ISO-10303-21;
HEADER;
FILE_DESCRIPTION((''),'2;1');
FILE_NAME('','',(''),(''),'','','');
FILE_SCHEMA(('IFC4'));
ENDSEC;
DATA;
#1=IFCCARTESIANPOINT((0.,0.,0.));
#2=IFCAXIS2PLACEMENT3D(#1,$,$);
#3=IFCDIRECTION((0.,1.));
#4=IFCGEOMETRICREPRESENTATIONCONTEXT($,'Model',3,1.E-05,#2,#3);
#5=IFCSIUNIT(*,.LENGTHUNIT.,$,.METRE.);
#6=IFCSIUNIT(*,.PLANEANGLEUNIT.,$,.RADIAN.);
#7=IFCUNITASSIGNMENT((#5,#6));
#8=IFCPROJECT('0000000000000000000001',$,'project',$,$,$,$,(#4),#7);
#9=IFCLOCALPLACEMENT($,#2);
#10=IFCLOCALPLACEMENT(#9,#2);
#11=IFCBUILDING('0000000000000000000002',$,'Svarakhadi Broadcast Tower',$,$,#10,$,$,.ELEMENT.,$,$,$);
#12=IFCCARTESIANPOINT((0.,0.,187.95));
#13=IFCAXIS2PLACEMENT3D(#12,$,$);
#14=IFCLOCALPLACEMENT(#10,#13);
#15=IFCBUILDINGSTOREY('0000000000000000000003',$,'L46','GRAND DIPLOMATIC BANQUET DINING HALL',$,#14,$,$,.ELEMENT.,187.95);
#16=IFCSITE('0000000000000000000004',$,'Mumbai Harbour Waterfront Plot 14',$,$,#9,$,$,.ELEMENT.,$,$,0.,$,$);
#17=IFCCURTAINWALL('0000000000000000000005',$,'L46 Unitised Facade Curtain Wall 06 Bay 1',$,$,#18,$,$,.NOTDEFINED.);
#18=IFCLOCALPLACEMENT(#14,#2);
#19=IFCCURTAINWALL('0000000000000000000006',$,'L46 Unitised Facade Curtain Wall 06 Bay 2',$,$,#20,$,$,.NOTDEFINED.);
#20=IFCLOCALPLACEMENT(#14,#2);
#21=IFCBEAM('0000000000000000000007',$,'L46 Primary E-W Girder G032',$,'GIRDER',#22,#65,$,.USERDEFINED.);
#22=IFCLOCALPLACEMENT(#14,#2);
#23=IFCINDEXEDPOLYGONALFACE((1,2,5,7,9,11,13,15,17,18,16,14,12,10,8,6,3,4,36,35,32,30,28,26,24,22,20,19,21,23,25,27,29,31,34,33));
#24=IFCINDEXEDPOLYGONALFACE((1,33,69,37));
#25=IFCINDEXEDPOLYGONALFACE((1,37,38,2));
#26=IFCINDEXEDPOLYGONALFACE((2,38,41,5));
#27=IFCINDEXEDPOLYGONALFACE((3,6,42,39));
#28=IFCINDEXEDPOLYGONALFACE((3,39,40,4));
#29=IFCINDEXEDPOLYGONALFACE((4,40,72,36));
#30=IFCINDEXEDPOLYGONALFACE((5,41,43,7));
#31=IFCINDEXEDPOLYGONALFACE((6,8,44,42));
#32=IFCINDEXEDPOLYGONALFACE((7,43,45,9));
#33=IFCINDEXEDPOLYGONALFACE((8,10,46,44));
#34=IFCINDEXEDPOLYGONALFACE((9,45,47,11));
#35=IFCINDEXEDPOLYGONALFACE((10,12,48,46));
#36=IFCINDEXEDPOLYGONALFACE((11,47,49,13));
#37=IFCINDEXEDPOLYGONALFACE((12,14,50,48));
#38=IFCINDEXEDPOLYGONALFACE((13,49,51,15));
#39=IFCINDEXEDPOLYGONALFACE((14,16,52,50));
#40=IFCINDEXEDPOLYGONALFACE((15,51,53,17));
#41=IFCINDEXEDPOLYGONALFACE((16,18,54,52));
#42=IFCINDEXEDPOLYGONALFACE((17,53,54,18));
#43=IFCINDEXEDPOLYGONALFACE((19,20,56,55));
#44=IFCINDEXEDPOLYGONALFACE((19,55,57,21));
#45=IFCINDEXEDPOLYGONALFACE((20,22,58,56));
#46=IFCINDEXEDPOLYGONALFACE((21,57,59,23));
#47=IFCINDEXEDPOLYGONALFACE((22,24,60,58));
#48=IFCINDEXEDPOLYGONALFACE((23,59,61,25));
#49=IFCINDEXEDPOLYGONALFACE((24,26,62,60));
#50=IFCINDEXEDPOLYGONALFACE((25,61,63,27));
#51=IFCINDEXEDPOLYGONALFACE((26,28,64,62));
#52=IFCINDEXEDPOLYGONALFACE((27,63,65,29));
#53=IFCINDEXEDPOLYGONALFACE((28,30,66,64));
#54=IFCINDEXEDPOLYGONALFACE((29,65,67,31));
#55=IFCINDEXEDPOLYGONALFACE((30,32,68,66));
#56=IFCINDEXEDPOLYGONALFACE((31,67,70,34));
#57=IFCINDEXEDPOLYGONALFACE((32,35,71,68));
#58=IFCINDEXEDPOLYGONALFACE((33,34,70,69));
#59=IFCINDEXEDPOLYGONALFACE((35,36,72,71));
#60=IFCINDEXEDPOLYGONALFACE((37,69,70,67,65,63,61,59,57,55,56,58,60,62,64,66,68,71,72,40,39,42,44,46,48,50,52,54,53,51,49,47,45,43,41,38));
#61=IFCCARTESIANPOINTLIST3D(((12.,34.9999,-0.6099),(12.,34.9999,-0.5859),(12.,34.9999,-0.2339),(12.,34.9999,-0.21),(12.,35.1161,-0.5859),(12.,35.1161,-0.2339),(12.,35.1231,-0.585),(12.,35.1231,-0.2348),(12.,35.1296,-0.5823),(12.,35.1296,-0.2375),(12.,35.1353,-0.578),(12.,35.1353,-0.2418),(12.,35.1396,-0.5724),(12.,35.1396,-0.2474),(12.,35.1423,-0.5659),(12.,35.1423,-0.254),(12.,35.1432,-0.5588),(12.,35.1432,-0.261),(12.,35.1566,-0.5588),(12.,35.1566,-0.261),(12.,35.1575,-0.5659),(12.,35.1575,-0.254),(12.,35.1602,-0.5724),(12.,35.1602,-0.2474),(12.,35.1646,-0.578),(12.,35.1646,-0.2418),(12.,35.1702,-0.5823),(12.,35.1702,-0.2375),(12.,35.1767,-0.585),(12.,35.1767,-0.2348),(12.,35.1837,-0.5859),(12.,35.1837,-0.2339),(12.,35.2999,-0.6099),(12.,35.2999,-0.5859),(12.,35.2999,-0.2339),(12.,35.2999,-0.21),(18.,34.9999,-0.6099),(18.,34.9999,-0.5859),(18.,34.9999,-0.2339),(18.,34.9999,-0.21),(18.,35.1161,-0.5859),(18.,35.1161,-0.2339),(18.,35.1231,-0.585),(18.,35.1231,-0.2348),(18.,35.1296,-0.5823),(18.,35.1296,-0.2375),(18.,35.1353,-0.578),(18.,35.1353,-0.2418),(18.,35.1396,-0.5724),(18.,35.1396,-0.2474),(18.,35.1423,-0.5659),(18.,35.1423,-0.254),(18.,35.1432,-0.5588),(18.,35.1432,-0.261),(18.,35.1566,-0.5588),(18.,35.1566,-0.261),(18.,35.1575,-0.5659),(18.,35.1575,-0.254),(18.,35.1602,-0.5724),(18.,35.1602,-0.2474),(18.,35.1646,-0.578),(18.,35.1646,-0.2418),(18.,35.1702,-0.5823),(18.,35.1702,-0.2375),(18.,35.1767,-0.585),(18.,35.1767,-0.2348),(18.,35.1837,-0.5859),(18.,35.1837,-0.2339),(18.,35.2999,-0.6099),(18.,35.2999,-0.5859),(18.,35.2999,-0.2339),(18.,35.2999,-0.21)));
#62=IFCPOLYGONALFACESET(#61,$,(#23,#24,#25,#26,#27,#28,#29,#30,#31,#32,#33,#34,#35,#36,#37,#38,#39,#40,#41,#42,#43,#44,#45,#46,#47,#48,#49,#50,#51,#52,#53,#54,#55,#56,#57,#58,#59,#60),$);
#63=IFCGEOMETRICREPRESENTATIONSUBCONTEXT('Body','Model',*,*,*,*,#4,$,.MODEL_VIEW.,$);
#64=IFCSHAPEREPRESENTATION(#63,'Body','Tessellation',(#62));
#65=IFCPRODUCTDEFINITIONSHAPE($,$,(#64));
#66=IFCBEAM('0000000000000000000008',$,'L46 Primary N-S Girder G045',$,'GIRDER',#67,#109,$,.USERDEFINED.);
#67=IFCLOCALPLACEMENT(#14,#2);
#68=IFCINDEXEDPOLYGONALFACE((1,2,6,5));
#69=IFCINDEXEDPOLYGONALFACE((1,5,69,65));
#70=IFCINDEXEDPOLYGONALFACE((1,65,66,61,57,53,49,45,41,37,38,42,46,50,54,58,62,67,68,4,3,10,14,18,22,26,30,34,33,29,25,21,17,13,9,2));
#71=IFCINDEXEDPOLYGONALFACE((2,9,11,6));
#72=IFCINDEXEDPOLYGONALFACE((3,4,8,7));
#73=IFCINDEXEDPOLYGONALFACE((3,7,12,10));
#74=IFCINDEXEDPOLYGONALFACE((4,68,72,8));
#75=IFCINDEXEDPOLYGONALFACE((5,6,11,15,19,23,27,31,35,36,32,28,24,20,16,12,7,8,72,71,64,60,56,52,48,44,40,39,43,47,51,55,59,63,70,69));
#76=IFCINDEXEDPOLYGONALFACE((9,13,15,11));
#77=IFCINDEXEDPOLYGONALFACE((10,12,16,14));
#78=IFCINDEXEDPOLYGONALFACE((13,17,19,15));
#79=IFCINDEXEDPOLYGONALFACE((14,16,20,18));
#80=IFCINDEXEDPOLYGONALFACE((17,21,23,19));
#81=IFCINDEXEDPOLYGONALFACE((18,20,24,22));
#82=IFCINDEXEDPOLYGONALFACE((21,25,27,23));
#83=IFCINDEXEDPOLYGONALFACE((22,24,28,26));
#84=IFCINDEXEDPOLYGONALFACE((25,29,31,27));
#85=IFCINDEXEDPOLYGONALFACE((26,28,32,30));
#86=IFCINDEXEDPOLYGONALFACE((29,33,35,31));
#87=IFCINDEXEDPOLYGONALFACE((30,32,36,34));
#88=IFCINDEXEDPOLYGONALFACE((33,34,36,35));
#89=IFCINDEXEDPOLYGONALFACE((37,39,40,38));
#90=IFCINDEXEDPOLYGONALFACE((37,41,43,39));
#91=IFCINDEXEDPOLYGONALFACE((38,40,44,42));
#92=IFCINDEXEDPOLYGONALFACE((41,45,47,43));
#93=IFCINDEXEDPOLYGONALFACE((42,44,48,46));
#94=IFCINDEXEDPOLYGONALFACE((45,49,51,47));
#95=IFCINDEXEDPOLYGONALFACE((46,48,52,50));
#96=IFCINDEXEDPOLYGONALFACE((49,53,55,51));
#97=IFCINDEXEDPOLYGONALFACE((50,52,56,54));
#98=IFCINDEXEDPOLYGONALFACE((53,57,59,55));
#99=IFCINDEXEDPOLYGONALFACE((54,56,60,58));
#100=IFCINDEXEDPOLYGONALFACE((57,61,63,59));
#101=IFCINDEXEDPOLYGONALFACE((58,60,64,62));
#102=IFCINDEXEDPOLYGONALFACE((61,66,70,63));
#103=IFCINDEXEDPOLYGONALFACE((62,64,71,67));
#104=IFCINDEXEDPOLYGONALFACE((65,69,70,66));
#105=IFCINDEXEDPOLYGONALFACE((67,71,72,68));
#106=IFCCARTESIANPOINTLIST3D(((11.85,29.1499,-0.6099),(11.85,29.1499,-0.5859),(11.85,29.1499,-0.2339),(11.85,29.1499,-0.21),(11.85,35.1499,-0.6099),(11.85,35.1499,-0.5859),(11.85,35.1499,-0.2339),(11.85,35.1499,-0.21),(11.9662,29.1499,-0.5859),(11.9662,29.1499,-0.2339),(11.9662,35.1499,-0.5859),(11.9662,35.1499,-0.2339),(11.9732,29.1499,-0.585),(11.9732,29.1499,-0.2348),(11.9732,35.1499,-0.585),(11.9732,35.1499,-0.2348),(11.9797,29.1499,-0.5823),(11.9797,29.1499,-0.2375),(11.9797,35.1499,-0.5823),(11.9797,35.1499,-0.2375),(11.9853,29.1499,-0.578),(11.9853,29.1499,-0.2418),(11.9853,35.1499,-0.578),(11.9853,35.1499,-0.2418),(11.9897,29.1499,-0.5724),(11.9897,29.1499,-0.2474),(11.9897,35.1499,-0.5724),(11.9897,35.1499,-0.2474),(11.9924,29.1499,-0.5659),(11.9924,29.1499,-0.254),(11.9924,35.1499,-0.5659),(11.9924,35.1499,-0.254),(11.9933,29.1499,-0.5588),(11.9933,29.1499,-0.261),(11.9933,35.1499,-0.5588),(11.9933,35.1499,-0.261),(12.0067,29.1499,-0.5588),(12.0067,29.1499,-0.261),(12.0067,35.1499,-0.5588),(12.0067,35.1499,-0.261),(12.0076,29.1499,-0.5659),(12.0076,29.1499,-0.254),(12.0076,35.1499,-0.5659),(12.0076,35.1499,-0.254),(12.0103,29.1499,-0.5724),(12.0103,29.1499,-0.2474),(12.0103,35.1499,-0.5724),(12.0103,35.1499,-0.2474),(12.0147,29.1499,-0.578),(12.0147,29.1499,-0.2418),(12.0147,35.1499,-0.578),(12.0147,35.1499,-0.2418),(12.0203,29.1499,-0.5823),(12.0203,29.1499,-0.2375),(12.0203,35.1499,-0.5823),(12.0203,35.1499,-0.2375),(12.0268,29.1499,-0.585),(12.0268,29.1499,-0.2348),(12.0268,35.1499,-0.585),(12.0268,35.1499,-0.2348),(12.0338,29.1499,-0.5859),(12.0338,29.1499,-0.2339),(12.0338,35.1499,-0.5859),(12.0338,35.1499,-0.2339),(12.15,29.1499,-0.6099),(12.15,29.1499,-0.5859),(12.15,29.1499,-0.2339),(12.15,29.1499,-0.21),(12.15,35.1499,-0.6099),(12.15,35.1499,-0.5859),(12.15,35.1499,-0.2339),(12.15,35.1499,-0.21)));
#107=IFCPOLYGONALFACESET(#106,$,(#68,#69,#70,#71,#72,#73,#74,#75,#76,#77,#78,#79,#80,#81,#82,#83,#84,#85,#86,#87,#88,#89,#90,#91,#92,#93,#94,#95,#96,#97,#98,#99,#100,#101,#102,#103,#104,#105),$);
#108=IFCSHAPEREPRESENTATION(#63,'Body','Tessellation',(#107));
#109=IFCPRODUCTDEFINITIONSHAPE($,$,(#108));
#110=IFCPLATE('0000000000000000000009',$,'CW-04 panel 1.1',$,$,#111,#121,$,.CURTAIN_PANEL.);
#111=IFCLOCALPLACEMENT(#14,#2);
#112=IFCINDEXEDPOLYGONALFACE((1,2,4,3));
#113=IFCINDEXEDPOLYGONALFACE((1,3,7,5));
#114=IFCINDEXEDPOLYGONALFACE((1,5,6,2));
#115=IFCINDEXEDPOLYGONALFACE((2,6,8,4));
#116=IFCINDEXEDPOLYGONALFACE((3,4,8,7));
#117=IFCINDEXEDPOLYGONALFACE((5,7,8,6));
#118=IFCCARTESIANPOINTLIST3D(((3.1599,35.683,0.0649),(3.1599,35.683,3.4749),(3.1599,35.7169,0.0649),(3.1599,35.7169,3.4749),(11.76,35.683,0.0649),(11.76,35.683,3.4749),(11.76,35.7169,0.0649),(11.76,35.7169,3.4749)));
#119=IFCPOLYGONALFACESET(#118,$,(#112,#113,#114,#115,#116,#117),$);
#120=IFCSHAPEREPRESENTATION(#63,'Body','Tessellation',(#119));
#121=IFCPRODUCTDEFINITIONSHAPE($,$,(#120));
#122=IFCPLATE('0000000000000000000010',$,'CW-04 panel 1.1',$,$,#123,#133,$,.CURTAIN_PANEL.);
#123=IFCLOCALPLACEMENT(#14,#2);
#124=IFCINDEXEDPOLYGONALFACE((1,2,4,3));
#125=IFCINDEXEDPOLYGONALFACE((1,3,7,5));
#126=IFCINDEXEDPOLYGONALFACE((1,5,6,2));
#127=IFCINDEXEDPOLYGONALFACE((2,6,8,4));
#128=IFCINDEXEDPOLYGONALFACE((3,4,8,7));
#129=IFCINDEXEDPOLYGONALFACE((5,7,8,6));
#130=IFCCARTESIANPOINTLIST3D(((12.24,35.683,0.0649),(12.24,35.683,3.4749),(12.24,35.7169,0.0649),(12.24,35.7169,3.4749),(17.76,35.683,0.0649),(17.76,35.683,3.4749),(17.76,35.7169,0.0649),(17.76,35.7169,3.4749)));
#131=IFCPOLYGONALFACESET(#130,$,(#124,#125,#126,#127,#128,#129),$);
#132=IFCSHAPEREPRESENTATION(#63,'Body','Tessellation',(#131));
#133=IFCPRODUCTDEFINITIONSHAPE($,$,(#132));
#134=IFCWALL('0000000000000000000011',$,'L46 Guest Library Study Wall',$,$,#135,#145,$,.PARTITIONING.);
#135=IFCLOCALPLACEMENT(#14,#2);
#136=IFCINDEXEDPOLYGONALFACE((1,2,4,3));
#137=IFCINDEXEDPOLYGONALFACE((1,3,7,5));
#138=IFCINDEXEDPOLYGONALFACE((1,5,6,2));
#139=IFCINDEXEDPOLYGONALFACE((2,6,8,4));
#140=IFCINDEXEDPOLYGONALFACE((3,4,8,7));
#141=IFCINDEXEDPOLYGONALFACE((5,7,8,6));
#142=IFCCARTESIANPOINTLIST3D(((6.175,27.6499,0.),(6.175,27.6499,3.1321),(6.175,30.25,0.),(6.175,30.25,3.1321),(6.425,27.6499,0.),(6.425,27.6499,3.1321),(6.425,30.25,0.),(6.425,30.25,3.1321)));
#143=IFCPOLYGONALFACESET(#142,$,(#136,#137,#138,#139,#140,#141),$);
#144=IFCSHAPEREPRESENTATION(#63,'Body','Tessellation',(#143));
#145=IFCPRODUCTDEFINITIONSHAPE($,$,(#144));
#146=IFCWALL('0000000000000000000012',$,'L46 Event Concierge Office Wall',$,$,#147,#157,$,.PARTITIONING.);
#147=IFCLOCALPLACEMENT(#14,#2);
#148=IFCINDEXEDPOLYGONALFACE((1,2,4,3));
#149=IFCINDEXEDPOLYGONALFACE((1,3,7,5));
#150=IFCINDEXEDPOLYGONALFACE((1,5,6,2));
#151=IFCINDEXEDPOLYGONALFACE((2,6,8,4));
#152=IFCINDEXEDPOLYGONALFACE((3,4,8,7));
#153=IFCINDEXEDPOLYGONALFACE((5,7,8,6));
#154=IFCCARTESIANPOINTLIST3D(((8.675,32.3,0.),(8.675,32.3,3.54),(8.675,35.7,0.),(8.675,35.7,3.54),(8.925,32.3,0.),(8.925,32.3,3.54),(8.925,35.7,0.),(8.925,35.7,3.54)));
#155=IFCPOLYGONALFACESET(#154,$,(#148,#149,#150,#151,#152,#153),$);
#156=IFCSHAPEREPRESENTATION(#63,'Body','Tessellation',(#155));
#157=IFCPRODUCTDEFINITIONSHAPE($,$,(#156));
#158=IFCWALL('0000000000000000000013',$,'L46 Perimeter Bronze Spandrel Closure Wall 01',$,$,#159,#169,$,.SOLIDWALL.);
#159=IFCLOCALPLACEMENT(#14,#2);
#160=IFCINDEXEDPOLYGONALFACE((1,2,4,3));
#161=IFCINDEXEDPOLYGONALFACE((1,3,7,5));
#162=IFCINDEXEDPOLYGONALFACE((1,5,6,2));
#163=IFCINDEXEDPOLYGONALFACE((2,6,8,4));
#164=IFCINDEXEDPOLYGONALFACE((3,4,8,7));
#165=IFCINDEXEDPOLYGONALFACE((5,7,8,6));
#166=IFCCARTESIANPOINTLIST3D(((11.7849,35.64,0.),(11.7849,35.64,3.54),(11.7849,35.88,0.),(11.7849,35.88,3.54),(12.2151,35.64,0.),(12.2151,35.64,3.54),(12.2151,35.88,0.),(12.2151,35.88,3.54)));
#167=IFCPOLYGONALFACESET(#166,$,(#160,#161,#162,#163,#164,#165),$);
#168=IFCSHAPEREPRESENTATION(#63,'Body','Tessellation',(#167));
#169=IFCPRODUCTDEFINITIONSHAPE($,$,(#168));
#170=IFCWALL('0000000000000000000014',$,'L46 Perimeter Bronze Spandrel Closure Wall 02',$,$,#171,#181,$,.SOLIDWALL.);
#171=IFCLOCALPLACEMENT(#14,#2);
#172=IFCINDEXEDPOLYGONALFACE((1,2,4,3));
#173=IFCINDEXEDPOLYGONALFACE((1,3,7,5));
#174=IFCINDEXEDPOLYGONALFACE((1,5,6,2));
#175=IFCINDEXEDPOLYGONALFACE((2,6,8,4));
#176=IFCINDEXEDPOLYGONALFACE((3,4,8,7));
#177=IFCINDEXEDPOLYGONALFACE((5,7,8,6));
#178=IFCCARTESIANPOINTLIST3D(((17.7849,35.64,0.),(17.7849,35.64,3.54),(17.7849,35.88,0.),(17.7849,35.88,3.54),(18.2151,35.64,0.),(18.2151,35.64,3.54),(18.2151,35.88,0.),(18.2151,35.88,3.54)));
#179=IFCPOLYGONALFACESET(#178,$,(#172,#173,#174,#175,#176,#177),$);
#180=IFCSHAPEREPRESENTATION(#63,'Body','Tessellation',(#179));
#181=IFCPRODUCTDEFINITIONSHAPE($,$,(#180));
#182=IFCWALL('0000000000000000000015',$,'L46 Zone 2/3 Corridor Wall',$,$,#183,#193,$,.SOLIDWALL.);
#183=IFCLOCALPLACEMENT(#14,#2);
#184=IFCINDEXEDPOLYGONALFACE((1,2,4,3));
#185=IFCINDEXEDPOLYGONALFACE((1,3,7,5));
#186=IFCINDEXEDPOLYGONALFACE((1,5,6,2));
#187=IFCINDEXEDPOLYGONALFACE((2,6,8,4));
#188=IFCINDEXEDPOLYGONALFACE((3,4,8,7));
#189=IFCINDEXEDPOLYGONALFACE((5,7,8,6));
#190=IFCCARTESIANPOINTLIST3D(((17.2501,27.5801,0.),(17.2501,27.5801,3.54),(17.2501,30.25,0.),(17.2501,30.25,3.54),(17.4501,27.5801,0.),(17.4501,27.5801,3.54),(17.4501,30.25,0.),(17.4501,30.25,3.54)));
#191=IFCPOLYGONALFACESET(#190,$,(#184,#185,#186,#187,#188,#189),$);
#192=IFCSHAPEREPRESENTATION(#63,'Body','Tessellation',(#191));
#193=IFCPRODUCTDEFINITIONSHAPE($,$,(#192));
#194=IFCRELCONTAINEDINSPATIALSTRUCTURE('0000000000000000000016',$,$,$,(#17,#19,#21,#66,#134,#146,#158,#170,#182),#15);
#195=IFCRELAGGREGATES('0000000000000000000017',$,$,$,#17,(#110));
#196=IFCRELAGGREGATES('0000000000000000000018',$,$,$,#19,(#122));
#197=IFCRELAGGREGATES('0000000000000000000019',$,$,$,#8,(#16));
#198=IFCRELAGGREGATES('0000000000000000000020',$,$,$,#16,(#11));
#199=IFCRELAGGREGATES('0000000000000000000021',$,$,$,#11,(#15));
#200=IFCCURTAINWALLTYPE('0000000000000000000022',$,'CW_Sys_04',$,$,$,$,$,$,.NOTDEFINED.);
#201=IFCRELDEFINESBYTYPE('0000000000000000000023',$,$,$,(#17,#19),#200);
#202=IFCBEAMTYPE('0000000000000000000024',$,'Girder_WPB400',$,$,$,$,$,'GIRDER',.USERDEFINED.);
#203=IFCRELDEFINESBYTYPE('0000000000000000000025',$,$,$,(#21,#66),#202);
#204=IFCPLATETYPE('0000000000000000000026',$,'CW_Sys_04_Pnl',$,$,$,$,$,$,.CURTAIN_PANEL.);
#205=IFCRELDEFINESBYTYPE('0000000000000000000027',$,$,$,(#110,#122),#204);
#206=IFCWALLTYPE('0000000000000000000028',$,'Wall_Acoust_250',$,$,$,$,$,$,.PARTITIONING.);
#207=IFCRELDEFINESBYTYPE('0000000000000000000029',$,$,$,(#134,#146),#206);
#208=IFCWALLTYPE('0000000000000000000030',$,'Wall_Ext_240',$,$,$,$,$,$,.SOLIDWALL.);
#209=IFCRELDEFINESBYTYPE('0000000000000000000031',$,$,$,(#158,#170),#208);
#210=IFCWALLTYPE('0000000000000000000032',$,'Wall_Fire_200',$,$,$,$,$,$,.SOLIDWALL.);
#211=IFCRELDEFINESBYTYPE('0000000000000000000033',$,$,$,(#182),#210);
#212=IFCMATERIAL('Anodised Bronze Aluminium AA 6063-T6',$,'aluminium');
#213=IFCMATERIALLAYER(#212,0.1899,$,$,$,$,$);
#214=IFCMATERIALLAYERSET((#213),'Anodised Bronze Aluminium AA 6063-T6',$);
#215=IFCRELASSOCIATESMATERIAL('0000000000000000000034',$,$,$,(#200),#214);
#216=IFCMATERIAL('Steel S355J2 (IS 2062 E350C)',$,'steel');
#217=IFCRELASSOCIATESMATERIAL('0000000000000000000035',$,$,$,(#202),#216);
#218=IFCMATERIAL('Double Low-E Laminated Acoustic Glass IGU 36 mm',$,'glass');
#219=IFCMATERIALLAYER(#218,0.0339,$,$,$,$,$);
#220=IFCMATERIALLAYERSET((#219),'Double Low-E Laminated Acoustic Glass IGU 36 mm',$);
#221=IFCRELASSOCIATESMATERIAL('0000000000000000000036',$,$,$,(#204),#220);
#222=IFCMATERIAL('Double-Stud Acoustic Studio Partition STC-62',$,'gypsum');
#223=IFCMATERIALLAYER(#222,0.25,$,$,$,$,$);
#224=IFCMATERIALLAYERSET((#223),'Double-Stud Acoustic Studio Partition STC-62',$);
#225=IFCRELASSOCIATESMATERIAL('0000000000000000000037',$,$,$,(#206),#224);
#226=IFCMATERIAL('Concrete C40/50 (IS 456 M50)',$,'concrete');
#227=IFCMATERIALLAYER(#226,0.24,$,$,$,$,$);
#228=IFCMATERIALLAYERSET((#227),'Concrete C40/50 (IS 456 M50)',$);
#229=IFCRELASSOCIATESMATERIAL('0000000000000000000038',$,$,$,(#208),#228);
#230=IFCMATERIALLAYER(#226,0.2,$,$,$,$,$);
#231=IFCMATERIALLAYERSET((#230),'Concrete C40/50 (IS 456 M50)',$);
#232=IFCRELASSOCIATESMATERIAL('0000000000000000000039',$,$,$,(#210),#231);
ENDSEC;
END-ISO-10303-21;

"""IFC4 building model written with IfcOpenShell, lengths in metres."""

from ifc_helpers import new_model, si_unit, direction, frame, frame_2d, origin, origin_2d, place, context, subcontext, project, spatial, rectangle, i_section, extrude, material, layer, layer_set, material_profile, profile_set, type_object, element, aggregate, save


model = new_model("IFC4")

# Units and contexts
model_context = context("Model", 3, precision=1e-05, world=origin(), true_north=direction((0.0, 1.0)))
body_context = subcontext(model_context, "Body", "Model", "MODEL_VIEW")
ifc_project = project(units=[si_unit("LENGTHUNIT", "METRE"), si_unit("PLANEANGLEUNIT", "RADIAN")], contexts=[model_context])

# Site, building, storey
site_placement = place(None, origin())
site = spatial("IfcSite", under=ifc_project, at=site_placement, Name="Mumbai Harbour Waterfront Plot 14", CompositionType="ELEMENT", RefElevation=0.0)
building_placement = place(site_placement, origin())
building = spatial("IfcBuilding", under=site, at=building_placement, Name="Svarakhadi Broadcast Tower", CompositionType="ELEMENT")
storey_placement = place(building_placement, frame((0.0, 0.0, 187.95)))
storey = spatial("IfcBuildingStorey", under=building, at=storey_placement, Name="L46", Description="GRAND DIPLOMATIC BANQUET DINING HALL", CompositionType="ELEMENT", Elevation=187.95)

# Shared definitions
ifc_material_1 = material(Name="Steel S355J2 (IS 2062 E350C)", Category="steel")

# Curtain wall
ifc_material_2 = material(Name="Anodised Bronze Aluminium AA 6063-T6", Category="aluminium")
ifc_layer_1 = layer(ifc_material_2, 0.1899)
ifc_layer_set_1 = layer_set([ifc_layer_1], Name="Anodised Bronze Aluminium AA 6063-T6")
curtain_wall_type = type_object("IfcCurtainWallType", Name="CW_Sys_04", PredefinedType="NOTDEFINED", material=ifc_layer_set_1)
curtain_wall_1_placement = place(storey_placement, origin())
curtain_wall_1 = element("IfcCurtainWall", 1, at=curtain_wall_1_placement, inside=storey, type_object=curtain_wall_type, Name="L46 Unitised Facade Curtain Wall 06 Bay 1", PredefinedType="NOTDEFINED")

# Curtain wall
curtain_wall_2_placement = place(storey_placement, origin())
curtain_wall_2 = element("IfcCurtainWall", 2, at=curtain_wall_2_placement, inside=storey, type_object=curtain_wall_type, Name="L46 Unitised Facade Curtain Wall 06 Bay 2", PredefinedType="NOTDEFINED")

# Beams
ifc_material_profile_1 = material_profile(ifc_material_1, i_section(OverallWidth=0.3, OverallDepth=0.3999, WebThickness=0.0134, FlangeThickness=0.0239, FilletRadius=0.0271, at=origin_2d()), Name="WPB 400x300x155")
ifc_profile_set_1 = profile_set([ifc_material_profile_1], Name="Steel S355J2 (IS 2062 E350C)")
beam_type_1 = type_object("IfcBeamType", Name="Girder_WPB400", ElementType="GIRDER", PredefinedType="USERDEFINED", material=ifc_profile_set_1)
for number, where, z_axis, x_axis, name in (
    (3, (12.0, 35.1499, -0.4099), (1.0, 0.0, 0.0), (0.0, 1.0, 0.0), "L46 Primary E-W Girder G032"),
    (4, (12.0, 29.1499, -0.4099), (0.0, 1.0, 0.0), (-1.0, 0.0, 0.0), "L46 Primary N-S Girder G045"),
):
    element("IfcBeam", number, at=place(storey_placement, frame(where, z_axis=z_axis, x_axis=x_axis)), inside=storey, type_object=beam_type_1, Name=name, ObjectType="GIRDER", PredefinedType="USERDEFINED", context=body_context, shape_type="SweptSolid", body=[
        extrude(i_section(OverallWidth=0.3, OverallDepth=0.3999, WebThickness=0.0134, FlangeThickness=0.0239, FilletRadius=0.0271, at=origin_2d()), origin(), (0.0, 0.0, 1.0), 6.0),
    ])

# Plates
ifc_material_3 = material(Name="Double Low-E Laminated Acoustic Glass IGU 36 mm", Category="glass")
ifc_layer_2 = layer(ifc_material_3, 0.0339)
ifc_layer_set_2 = layer_set([ifc_layer_2], Name="Double Low-E Laminated Acoustic Glass IGU 36 mm")
plate_type = type_object("IfcPlateType", Name="CW_Sys_04_Pnl", PredefinedType="CURTAIN_PANEL", material=ifc_layer_set_2)
plate_1_placement = place(storey_placement, frame((7.46, 35.7, 0.0649), z_axis=(0.0, 0.0, 1.0), x_axis=(1.0, 0.0, 0.0)))
plate_1 = element("IfcPlate", 5, at=plate_1_placement, type_object=plate_type, Name="CW-04 panel 1.1", PredefinedType="CURTAIN_PANEL", context=body_context, shape_type="SweptSolid", body=[
    extrude(rectangle(XDim=8.6001, YDim=0.0339, at=origin_2d()), origin(), (0.0, 0.0, 1.0), 3.4099),
])
aggregate(curtain_wall_1, [plate_1])
plate_2_placement = place(storey_placement, frame((15.0, 35.7, 0.0649), z_axis=(0.0, 0.0, 1.0), x_axis=(1.0, 0.0, 0.0)))
plate_2 = element("IfcPlate", 6, at=plate_2_placement, type_object=plate_type, Name="CW-04 panel 1.1", PredefinedType="CURTAIN_PANEL", context=body_context, shape_type="SweptSolid", body=[
    extrude(rectangle(XDim=5.52, YDim=0.0339, at=origin_2d()), origin(), (0.0, 0.0, 1.0), 3.4099),
])
aggregate(curtain_wall_2, [plate_2])

# Walls
ifc_material_4 = material(Name="Double-Stud Acoustic Studio Partition STC-62", Category="gypsum")
ifc_layer_3 = layer(ifc_material_4, 0.25)
ifc_layer_set_3 = layer_set([ifc_layer_3], Name="Double-Stud Acoustic Studio Partition STC-62")
wall_type_1 = type_object("IfcWallType", Name="Wall_Acoust_250", PredefinedType="PARTITIONING", material=ifc_layer_set_3)
wall_1_placement = place(storey_placement, frame((6.3, 27.6499, 0.0), z_axis=(0.0, 0.0, 1.0), x_axis=(0.0, 1.0, 0.0)))
element("IfcWall", 7, at=wall_1_placement, inside=storey, type_object=wall_type_1, Name="L46 Guest Library Study Wall", PredefinedType="PARTITIONING", context=body_context, shape_type="SweptSolid", body=[
    extrude(rectangle(XDim=2.6001, YDim=0.25, at=frame_2d((1.3, 0.0))), origin(), (0.0, 0.0, 1.0), 3.1321),
])
wall_2_placement = place(storey_placement, frame((8.8, 32.3, 0.0), z_axis=(0.0, 0.0, 1.0), x_axis=(0.0, 1.0, 0.0)))
element("IfcWall", 8, at=wall_2_placement, inside=storey, type_object=wall_type_1, Name="L46 Event Concierge Office Wall", PredefinedType="PARTITIONING", context=body_context, shape_type="SweptSolid", body=[
    extrude(rectangle(XDim=3.3999, YDim=0.25, at=frame_2d((1.7, 0.0))), origin(), (0.0, 0.0, 1.0), 3.54),
])
ifc_material_5 = material(Name="Concrete C40/50 (IS 456 M50)", Category="concrete")
ifc_layer_4 = layer(ifc_material_5, 0.24)
ifc_layer_set_4 = layer_set([ifc_layer_4], Name="Concrete C40/50 (IS 456 M50)")
wall_type_2 = type_object("IfcWallType", Name="Wall_Ext_240", PredefinedType="SOLIDWALL", material=ifc_layer_set_4)
for number, where, z_axis, x_axis, name in (
    (9, (11.7849, 35.76, 0.0), (0.0, 0.0, 1.0), (1.0, 0.0, 0.0), "L46 Perimeter Bronze Spandrel Closure Wall 01"),
    (10, (17.7849, 35.76, 0.0), (0.0, 0.0, 1.0), (1.0, 0.0, 0.0), "L46 Perimeter Bronze Spandrel Closure Wall 02"),
):
    element("IfcWall", number, at=place(storey_placement, frame(where, z_axis=z_axis, x_axis=x_axis)), inside=storey, type_object=wall_type_2, Name=name, PredefinedType="SOLIDWALL", context=body_context, shape_type="SweptSolid", body=[
        extrude(rectangle(XDim=0.4302, YDim=0.24, at=frame_2d((0.2151, 0.0))), origin(), (0.0, 0.0, 1.0), 3.54),
    ])
ifc_layer_5 = layer(ifc_material_5, 0.2)
ifc_layer_set_5 = layer_set([ifc_layer_5], Name="Concrete C40/50 (IS 456 M50)")
wall_type_3 = type_object("IfcWallType", Name="Wall_Fire_200", PredefinedType="SOLIDWALL", material=ifc_layer_set_5)
wall_3_placement = place(storey_placement, frame((17.3501, 30.25, 0.0), z_axis=(0.0, 0.0, 1.0), x_axis=(0.0, -1.0, 0.0)))
element("IfcWall", 11, at=wall_3_placement, inside=storey, type_object=wall_type_3, Name="L46 Zone 2/3 Corridor Wall", PredefinedType="SOLIDWALL", context=body_context, shape_type="SweptSolid", body=[
    extrude(rectangle(XDim=2.6699, YDim=0.2, at=frame_2d((1.335, 0.0))), origin(), (0.0, 0.0, 1.0), 3.54),
])

save(model, "model.ifc")
